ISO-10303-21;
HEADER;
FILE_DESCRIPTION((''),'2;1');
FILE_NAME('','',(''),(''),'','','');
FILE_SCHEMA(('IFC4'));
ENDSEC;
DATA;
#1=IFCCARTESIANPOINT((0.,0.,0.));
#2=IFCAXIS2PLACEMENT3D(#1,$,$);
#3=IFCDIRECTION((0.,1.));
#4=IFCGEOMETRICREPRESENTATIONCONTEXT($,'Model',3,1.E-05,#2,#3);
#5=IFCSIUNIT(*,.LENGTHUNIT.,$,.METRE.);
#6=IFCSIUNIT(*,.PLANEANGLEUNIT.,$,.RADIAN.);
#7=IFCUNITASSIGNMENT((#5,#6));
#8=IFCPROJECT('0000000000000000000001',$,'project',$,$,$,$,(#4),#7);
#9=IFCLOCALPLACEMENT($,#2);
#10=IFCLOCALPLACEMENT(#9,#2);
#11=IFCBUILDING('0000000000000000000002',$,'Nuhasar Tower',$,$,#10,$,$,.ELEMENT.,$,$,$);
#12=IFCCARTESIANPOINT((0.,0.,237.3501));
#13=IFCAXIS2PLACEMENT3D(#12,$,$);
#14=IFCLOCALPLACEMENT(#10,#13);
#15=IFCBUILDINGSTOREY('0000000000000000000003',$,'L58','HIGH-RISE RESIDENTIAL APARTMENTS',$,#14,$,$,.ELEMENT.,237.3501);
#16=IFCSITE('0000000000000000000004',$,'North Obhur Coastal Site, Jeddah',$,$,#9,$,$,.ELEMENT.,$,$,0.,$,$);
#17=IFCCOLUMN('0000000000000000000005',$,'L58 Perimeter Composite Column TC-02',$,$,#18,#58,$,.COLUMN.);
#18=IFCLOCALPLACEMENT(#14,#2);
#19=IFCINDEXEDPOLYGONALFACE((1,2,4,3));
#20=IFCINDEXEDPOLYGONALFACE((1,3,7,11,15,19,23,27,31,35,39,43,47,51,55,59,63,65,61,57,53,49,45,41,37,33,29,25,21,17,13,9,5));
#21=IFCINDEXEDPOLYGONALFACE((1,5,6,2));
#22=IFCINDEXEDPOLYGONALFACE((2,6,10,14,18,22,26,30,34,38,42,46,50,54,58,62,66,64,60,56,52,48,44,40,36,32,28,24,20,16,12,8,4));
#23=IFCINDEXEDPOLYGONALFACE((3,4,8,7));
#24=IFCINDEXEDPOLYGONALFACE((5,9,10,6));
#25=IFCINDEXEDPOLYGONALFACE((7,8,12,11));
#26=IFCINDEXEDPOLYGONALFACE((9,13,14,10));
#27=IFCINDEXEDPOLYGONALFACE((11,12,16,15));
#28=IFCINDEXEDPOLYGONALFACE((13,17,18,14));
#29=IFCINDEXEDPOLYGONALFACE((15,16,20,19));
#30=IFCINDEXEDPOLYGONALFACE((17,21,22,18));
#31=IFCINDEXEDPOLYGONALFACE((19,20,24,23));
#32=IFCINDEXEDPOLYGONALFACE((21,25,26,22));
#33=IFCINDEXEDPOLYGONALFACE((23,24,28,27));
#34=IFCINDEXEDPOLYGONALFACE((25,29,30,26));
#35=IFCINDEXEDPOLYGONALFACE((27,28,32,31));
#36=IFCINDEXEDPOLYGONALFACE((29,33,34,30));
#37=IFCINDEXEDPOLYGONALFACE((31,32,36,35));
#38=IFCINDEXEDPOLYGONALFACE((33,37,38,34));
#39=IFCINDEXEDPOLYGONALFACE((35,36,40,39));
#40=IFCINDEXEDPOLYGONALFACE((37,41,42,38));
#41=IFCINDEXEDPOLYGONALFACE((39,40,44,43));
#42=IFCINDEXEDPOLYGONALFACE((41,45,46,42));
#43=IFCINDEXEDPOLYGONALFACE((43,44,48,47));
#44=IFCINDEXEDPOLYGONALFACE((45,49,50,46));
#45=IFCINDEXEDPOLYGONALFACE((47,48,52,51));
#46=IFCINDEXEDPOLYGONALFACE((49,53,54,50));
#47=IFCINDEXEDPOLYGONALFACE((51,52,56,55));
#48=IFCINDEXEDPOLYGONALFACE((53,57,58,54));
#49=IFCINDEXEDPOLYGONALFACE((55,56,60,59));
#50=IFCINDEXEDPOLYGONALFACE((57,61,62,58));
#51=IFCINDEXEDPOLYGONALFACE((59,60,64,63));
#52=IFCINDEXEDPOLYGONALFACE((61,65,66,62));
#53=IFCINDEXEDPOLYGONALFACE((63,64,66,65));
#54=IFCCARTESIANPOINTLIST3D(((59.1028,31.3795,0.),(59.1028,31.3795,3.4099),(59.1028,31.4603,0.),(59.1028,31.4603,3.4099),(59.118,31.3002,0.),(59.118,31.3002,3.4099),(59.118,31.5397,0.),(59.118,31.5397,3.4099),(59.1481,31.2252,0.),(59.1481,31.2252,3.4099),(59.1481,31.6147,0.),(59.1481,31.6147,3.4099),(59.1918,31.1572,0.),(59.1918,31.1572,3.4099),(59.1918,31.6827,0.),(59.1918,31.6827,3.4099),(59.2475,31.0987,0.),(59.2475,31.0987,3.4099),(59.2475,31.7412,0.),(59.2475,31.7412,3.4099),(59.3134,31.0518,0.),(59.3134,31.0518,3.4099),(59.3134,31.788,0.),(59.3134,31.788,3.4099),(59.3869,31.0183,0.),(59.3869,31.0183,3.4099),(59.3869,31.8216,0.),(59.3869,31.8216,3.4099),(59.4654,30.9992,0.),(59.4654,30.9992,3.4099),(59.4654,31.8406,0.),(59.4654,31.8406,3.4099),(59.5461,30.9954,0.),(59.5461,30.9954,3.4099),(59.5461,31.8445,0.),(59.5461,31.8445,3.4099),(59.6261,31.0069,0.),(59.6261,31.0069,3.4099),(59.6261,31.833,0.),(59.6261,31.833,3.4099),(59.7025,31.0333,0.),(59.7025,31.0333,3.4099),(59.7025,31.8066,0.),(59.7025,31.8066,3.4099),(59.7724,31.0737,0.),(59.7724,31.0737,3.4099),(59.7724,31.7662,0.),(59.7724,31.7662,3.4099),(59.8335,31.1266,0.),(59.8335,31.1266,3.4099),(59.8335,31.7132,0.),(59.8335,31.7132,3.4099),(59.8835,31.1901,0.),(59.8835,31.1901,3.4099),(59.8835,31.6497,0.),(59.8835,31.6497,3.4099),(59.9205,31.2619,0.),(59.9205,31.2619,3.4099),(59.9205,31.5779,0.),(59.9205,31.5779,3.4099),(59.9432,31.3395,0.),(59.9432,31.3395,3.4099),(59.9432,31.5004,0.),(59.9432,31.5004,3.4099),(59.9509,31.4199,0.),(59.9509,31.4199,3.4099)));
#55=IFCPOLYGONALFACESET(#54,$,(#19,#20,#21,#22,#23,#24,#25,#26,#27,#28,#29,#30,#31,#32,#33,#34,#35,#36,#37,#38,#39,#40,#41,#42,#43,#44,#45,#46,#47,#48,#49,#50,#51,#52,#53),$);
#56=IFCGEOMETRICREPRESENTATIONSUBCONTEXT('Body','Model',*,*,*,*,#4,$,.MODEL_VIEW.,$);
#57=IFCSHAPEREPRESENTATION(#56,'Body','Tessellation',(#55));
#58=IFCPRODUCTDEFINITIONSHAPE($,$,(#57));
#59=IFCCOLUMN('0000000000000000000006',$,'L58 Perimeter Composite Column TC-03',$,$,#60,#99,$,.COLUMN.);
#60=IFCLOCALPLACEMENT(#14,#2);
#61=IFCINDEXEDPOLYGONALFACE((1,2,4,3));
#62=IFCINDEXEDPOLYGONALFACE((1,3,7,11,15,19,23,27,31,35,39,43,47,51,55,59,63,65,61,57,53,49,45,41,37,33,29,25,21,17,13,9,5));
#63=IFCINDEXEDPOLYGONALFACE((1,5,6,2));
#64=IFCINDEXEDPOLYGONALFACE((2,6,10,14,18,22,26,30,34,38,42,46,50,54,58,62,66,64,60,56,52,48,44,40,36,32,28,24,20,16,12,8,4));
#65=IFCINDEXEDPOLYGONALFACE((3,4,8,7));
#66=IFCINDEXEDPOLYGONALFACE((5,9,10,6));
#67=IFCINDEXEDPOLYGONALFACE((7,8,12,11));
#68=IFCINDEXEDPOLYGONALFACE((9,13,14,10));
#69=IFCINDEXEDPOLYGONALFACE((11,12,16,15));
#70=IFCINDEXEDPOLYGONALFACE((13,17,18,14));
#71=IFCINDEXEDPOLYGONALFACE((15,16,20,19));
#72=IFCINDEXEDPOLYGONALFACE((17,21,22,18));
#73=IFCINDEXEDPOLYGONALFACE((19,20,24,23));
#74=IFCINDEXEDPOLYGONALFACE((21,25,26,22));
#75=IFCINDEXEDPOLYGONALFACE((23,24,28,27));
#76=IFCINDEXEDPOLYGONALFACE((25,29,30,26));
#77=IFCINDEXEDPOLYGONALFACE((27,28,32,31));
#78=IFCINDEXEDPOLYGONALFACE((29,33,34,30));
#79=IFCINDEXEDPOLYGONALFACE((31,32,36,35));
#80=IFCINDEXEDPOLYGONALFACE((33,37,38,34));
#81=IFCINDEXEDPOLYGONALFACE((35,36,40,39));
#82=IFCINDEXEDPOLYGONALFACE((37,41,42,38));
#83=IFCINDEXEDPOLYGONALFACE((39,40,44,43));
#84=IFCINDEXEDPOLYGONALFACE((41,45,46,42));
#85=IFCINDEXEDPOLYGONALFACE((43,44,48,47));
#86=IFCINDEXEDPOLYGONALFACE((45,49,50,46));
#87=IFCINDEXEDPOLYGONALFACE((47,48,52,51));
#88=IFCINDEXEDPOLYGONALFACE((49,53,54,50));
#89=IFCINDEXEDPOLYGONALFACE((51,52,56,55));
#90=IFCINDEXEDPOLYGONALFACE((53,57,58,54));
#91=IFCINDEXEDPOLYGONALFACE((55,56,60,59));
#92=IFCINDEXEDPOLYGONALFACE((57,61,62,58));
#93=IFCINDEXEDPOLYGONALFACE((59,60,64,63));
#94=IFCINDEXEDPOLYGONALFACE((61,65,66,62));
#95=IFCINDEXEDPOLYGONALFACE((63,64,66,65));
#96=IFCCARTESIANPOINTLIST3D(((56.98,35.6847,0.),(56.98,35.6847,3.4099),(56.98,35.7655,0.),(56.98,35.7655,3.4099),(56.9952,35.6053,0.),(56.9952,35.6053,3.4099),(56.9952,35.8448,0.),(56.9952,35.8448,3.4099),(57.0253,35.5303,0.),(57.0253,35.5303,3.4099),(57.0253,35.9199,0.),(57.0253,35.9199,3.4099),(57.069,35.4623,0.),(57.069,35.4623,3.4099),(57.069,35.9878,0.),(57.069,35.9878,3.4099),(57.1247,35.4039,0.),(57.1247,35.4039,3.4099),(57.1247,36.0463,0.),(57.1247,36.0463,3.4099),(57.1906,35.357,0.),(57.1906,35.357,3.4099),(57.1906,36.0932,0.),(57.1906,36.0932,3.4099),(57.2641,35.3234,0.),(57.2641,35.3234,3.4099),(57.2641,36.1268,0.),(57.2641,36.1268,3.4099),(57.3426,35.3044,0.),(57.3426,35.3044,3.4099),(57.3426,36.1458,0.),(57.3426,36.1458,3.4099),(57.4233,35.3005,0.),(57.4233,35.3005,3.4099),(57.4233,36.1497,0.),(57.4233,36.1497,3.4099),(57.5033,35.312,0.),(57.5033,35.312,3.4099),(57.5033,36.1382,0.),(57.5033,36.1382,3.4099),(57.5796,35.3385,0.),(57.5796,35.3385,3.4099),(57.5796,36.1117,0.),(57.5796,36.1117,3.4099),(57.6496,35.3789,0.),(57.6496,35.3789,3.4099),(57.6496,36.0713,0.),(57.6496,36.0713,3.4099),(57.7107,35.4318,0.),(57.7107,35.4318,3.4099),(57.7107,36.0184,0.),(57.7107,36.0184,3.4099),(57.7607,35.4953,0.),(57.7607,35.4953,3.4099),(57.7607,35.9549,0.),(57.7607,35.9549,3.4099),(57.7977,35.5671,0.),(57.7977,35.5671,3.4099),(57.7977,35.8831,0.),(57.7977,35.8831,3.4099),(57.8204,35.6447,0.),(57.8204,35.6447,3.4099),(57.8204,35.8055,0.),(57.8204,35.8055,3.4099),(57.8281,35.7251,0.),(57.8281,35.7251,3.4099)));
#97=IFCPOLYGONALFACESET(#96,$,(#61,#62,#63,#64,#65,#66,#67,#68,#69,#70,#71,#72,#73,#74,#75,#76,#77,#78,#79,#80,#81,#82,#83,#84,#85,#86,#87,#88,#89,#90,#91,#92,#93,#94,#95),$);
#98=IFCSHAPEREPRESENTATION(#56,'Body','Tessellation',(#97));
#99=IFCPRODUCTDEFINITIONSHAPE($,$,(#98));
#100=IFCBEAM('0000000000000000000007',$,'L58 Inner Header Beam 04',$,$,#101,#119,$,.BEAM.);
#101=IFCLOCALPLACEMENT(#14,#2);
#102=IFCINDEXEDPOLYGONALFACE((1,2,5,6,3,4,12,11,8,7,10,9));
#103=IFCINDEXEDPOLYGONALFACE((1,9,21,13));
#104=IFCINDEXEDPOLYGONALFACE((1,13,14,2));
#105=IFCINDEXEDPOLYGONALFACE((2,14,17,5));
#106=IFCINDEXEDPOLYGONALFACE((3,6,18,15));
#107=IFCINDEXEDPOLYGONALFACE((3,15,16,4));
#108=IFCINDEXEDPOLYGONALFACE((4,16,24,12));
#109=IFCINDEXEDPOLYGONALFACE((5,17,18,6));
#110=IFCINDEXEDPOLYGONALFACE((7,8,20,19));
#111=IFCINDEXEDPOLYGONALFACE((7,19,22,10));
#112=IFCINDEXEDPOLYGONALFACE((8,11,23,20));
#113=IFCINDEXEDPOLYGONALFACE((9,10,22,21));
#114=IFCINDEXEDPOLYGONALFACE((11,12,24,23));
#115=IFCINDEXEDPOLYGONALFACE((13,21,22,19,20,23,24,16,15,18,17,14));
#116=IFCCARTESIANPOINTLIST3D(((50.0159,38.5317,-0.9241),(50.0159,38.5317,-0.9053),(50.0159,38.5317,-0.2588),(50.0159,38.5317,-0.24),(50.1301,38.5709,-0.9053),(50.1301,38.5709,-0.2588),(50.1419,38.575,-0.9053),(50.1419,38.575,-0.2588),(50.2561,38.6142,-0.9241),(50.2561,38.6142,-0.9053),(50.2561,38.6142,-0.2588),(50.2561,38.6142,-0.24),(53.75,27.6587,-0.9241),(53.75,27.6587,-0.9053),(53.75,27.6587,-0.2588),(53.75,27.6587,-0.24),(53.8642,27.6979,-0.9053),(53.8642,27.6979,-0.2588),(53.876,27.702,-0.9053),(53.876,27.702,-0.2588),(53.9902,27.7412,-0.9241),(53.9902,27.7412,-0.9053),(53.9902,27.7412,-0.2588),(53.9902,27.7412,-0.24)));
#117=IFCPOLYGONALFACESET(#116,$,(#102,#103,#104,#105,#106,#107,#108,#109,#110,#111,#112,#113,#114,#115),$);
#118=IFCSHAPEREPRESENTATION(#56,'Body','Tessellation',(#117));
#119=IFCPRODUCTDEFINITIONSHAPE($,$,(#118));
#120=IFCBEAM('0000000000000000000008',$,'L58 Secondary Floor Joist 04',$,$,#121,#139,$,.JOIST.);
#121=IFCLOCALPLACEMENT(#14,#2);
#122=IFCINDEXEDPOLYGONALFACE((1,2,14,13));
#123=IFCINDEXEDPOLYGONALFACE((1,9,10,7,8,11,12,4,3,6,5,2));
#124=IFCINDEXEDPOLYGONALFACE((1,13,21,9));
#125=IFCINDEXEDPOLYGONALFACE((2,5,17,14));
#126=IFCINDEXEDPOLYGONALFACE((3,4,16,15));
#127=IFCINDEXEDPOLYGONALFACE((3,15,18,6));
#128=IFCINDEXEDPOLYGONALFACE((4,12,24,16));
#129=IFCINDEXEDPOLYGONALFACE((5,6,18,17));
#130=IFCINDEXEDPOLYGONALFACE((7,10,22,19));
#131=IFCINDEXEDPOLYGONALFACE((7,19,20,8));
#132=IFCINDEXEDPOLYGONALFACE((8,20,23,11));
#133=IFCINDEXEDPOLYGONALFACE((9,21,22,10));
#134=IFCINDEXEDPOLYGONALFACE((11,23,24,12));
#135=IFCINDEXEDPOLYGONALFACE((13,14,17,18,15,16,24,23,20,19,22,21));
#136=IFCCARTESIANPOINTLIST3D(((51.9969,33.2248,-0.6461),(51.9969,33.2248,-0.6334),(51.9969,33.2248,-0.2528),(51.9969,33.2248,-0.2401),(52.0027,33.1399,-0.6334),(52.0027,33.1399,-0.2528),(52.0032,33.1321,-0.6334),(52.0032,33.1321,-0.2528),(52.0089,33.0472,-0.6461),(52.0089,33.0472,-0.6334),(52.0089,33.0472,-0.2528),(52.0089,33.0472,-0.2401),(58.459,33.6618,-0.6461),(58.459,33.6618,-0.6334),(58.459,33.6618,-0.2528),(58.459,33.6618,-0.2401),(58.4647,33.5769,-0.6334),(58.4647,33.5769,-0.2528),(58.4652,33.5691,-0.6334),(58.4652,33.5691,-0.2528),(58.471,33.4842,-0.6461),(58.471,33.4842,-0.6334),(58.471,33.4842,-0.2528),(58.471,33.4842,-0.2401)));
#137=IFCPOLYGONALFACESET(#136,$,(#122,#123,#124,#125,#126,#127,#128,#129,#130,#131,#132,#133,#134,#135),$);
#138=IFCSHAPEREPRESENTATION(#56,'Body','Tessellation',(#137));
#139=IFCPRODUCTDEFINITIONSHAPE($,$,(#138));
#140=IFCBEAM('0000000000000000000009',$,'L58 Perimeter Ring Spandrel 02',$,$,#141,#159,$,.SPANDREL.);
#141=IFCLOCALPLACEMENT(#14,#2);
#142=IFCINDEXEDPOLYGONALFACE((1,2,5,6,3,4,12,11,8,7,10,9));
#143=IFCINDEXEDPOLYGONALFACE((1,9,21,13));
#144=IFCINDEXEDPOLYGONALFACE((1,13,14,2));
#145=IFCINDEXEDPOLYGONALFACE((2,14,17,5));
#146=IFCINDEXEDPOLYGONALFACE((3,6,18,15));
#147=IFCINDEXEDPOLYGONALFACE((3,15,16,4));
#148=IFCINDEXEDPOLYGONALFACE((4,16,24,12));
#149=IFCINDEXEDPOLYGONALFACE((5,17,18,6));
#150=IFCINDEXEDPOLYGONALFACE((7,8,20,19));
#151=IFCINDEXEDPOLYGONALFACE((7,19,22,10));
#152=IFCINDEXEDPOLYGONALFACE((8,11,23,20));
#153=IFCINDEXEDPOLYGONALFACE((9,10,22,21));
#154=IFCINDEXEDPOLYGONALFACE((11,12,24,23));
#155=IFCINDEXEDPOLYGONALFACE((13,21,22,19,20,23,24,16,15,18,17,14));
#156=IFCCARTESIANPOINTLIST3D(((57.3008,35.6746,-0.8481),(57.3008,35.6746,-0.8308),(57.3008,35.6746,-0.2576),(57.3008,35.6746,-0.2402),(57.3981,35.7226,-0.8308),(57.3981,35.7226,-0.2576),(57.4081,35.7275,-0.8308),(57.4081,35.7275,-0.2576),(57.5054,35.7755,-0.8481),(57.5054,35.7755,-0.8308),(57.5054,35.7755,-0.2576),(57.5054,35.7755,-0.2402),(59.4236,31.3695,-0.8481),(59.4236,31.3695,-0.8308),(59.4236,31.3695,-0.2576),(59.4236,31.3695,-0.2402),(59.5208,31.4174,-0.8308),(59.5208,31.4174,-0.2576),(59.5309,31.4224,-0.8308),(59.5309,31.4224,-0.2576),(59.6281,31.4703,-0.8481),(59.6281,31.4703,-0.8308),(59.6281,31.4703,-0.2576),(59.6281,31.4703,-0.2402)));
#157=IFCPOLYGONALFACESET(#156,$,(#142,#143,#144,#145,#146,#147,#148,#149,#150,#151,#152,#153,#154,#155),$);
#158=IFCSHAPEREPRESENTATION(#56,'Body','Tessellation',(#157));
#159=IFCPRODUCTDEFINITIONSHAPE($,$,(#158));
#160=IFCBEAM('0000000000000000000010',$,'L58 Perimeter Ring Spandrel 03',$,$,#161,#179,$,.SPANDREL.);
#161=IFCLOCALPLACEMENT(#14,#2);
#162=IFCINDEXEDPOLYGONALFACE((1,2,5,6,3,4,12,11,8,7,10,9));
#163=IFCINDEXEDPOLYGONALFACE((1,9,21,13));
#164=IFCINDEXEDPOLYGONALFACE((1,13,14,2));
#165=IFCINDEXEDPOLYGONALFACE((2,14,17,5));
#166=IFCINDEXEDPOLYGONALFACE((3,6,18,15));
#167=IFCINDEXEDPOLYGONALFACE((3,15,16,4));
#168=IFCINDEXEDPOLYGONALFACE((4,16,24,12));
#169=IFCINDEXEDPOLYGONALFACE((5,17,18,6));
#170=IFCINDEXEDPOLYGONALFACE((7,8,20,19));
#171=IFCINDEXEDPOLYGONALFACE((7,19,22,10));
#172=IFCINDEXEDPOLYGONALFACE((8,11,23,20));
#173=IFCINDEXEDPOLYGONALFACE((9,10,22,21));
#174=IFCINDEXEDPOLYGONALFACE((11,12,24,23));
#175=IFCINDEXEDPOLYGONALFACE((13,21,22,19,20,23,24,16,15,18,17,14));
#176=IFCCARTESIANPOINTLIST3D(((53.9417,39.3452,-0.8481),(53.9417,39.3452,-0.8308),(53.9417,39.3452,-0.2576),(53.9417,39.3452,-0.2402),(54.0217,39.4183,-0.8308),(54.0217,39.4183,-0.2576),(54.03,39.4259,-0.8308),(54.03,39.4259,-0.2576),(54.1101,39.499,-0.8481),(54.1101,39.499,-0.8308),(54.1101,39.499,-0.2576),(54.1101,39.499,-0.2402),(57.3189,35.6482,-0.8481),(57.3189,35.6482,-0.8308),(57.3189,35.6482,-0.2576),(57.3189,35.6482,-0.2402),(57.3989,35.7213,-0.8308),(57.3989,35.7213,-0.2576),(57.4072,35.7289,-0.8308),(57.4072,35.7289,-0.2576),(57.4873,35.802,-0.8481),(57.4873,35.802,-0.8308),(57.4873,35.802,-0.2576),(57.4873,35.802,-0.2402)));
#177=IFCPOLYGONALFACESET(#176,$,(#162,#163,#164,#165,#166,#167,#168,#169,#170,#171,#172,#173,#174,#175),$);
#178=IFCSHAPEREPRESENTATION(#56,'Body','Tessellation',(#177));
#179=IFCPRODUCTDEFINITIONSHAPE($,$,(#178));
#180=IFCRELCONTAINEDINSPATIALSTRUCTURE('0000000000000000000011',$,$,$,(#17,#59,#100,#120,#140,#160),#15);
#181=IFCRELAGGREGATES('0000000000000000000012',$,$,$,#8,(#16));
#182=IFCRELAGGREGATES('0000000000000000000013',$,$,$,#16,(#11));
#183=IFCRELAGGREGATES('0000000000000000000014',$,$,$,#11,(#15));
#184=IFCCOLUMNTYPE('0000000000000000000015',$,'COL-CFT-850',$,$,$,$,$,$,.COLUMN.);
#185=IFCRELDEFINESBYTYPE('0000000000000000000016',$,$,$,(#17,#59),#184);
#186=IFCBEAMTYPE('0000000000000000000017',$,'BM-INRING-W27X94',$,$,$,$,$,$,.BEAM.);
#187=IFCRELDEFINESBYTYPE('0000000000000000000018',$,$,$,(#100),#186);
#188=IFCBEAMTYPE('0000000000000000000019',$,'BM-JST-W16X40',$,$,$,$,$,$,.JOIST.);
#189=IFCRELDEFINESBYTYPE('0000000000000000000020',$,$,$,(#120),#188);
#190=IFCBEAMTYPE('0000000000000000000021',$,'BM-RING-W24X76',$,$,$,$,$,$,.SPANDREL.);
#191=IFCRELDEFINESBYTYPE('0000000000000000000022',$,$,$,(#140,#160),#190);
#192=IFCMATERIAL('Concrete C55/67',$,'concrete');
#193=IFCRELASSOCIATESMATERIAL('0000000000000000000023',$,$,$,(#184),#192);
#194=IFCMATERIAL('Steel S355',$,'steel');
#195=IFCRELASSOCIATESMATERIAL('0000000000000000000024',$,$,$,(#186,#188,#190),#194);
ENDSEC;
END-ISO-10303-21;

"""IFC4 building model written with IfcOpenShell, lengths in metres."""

from ifc_helpers import new_model, si_unit, direction, frame, origin, origin_2d, place, context, subcontext, project, spatial, circle, i_section, extrude, material, material_profile, profile_set, type_object, element, save


model = new_model("IFC4")

# Units and contexts
model_context = context("Model", 3, precision=1e-05, world=origin(), true_north=direction((0.0, 1.0)))
body_context = subcontext(model_context, "Body", "Model", "MODEL_VIEW")
ifc_project = project(units=[si_unit("LENGTHUNIT", "METRE"), si_unit("PLANEANGLEUNIT", "RADIAN")], contexts=[model_context])

# Site, building, storey
site_placement = place(None, origin())
site = spatial("IfcSite", under=ifc_project, at=site_placement, Name="North Obhur Coastal Site, Jeddah", CompositionType="ELEMENT", RefElevation=0.0)
building_placement = place(site_placement, origin())
building = spatial("IfcBuilding", under=site, at=building_placement, Name="Nuhasar Tower", CompositionType="ELEMENT")
storey_placement = place(building_placement, frame((0.0, 0.0, 237.3501)))
storey = spatial("IfcBuildingStorey", under=building, at=storey_placement, Name="L58", Description="HIGH-RISE RESIDENTIAL APARTMENTS", CompositionType="ELEMENT", Elevation=237.3501)

# Columns
ifc_material_1 = material(Name="Concrete C55/67", Category="concrete")
ifc_material_profile_1 = material_profile(ifc_material_1, circle(Radius=0.425, at=origin_2d()), Name="CFT850")
ifc_profile_set_1 = profile_set([ifc_material_profile_1], Name="Concrete C55/67")
column_type = type_object("IfcColumnType", Name="COL-CFT-850", PredefinedType="COLUMN", material=ifc_profile_set_1)
for number, where, z_axis, x_axis, name in (
    (1, (59.5259, 31.4199, 0.0), (0.0, 0.0, 1.0), (1.0, 0.0, 0.0), "L58 Perimeter Composite Column TC-02"),
    (2, (57.4031, 35.7251, 0.0), (0.0, 0.0, 1.0), (1.0, 0.0, 0.0), "L58 Perimeter Composite Column TC-03"),
):
    element("IfcColumn", number, at=place(storey_placement, frame(where, z_axis=z_axis, x_axis=x_axis)), inside=storey, type_object=column_type, Name=name, PredefinedType="COLUMN", context=body_context, shape_type="SweptSolid", body=[
        extrude(circle(Radius=0.425, at=origin_2d()), origin(), (0.0, 0.0, 1.0), 3.4099),
    ])

# Beams
ifc_material_2 = material(Name="Steel S355", Category="steel")
ifc_material_profile_2 = material_profile(ifc_material_2, i_section(OverallWidth=0.2539, OverallDepth=0.6841, WebThickness=0.0125, FlangeThickness=0.0188, at=origin_2d()), Name="W27X94")
ifc_profile_set_2 = profile_set([ifc_material_profile_2], Name="Steel S355")
beam_type_1 = type_object("IfcBeamType", Name="BM-INRING-W27X94", PredefinedType="BEAM", material=ifc_profile_set_2)
beam_1_placement = place(storey_placement, frame((53.8701, 27.7, -0.582), z_axis=(-0.324809, 0.94578, 0.0), x_axis=(-0.94578, -0.324809, 0.0)))
element("IfcBeam", 3, at=beam_1_placement, inside=storey, type_object=beam_type_1, Name="L58 Inner Header Beam 04", PredefinedType="BEAM", context=body_context, shape_type="SweptSolid", body=[
    extrude(i_section(OverallWidth=0.2539, OverallDepth=0.6841, WebThickness=0.0125, FlangeThickness=0.0188, at=origin_2d()), origin(), (0.0, 0.0, 1.0), 11.4963),
])
ifc_material_profile_3 = material_profile(ifc_material_2, i_section(OverallWidth=0.178, OverallDepth=0.406, WebThickness=0.0078, FlangeThickness=0.0127, at=origin_2d()), Name="W16X40")
ifc_profile_set_3 = profile_set([ifc_material_profile_3], Name="Steel S355")
beam_type_2 = type_object("IfcBeamType", Name="BM-JST-W16X40", PredefinedType="JOIST", material=ifc_profile_set_3)
beam_2_placement = place(storey_placement, frame((52.0029, 33.136, -0.4431), z_axis=(0.997721, 0.067472, 0.0), x_axis=(-0.067472, 0.997721, 0.0)))
element("IfcBeam", 4, at=beam_2_placement, inside=storey, type_object=beam_type_2, Name="L58 Secondary Floor Joist 04", PredefinedType="JOIST", context=body_context, shape_type="SweptSolid", body=[
    extrude(i_section(OverallWidth=0.178, OverallDepth=0.406, WebThickness=0.0078, FlangeThickness=0.0127, at=origin_2d()), origin(), (0.0, 0.0, 1.0), 6.4768),
])
ifc_material_profile_4 = material_profile(ifc_material_2, i_section(OverallWidth=0.228, OverallDepth=0.6079, WebThickness=0.0112, FlangeThickness=0.0173, at=origin_2d()), Name="W24X76")
ifc_profile_set_4 = profile_set([ifc_material_profile_4], Name="Steel S355")
beam_type_3 = type_object("IfcBeamType", Name="BM-RING-W24X76", PredefinedType="SPANDREL", material=ifc_profile_set_4)
beam_3_placement = place(storey_placement, frame((59.5259, 31.4199, -0.5442), z_axis=(-0.442243, 0.896895, 0.0), x_axis=(-0.896895, -0.442243, 0.0)))
element("IfcBeam", 5, at=beam_3_placement, inside=storey, type_object=beam_type_3, Name="L58 Perimeter Ring Spandrel 02", PredefinedType="SPANDREL", context=body_context, shape_type="SweptSolid", body=[
    extrude(i_section(OverallWidth=0.228, OverallDepth=0.6079, WebThickness=0.0112, FlangeThickness=0.0173, at=origin_2d()), origin(), (0.0, 0.0, 1.0), 4.8),
])
beam_4_placement = place(storey_placement, frame((57.4031, 35.7251, -0.5442), z_axis=(-0.67445, 0.738321, 0.0), x_axis=(-0.738321, -0.67445, 0.0)))
element("IfcBeam", 6, at=beam_4_placement, inside=storey, type_object=beam_type_3, Name="L58 Perimeter Ring Spandrel 03", PredefinedType="SPANDREL", context=body_context, shape_type="SweptSolid", body=[
    extrude(i_section(OverallWidth=0.228, OverallDepth=0.6079, WebThickness=0.0112, FlangeThickness=0.0173, at=origin_2d()), origin(), (0.0, 0.0, 1.0), 5.0073),
])

save(model, "model.ifc")
